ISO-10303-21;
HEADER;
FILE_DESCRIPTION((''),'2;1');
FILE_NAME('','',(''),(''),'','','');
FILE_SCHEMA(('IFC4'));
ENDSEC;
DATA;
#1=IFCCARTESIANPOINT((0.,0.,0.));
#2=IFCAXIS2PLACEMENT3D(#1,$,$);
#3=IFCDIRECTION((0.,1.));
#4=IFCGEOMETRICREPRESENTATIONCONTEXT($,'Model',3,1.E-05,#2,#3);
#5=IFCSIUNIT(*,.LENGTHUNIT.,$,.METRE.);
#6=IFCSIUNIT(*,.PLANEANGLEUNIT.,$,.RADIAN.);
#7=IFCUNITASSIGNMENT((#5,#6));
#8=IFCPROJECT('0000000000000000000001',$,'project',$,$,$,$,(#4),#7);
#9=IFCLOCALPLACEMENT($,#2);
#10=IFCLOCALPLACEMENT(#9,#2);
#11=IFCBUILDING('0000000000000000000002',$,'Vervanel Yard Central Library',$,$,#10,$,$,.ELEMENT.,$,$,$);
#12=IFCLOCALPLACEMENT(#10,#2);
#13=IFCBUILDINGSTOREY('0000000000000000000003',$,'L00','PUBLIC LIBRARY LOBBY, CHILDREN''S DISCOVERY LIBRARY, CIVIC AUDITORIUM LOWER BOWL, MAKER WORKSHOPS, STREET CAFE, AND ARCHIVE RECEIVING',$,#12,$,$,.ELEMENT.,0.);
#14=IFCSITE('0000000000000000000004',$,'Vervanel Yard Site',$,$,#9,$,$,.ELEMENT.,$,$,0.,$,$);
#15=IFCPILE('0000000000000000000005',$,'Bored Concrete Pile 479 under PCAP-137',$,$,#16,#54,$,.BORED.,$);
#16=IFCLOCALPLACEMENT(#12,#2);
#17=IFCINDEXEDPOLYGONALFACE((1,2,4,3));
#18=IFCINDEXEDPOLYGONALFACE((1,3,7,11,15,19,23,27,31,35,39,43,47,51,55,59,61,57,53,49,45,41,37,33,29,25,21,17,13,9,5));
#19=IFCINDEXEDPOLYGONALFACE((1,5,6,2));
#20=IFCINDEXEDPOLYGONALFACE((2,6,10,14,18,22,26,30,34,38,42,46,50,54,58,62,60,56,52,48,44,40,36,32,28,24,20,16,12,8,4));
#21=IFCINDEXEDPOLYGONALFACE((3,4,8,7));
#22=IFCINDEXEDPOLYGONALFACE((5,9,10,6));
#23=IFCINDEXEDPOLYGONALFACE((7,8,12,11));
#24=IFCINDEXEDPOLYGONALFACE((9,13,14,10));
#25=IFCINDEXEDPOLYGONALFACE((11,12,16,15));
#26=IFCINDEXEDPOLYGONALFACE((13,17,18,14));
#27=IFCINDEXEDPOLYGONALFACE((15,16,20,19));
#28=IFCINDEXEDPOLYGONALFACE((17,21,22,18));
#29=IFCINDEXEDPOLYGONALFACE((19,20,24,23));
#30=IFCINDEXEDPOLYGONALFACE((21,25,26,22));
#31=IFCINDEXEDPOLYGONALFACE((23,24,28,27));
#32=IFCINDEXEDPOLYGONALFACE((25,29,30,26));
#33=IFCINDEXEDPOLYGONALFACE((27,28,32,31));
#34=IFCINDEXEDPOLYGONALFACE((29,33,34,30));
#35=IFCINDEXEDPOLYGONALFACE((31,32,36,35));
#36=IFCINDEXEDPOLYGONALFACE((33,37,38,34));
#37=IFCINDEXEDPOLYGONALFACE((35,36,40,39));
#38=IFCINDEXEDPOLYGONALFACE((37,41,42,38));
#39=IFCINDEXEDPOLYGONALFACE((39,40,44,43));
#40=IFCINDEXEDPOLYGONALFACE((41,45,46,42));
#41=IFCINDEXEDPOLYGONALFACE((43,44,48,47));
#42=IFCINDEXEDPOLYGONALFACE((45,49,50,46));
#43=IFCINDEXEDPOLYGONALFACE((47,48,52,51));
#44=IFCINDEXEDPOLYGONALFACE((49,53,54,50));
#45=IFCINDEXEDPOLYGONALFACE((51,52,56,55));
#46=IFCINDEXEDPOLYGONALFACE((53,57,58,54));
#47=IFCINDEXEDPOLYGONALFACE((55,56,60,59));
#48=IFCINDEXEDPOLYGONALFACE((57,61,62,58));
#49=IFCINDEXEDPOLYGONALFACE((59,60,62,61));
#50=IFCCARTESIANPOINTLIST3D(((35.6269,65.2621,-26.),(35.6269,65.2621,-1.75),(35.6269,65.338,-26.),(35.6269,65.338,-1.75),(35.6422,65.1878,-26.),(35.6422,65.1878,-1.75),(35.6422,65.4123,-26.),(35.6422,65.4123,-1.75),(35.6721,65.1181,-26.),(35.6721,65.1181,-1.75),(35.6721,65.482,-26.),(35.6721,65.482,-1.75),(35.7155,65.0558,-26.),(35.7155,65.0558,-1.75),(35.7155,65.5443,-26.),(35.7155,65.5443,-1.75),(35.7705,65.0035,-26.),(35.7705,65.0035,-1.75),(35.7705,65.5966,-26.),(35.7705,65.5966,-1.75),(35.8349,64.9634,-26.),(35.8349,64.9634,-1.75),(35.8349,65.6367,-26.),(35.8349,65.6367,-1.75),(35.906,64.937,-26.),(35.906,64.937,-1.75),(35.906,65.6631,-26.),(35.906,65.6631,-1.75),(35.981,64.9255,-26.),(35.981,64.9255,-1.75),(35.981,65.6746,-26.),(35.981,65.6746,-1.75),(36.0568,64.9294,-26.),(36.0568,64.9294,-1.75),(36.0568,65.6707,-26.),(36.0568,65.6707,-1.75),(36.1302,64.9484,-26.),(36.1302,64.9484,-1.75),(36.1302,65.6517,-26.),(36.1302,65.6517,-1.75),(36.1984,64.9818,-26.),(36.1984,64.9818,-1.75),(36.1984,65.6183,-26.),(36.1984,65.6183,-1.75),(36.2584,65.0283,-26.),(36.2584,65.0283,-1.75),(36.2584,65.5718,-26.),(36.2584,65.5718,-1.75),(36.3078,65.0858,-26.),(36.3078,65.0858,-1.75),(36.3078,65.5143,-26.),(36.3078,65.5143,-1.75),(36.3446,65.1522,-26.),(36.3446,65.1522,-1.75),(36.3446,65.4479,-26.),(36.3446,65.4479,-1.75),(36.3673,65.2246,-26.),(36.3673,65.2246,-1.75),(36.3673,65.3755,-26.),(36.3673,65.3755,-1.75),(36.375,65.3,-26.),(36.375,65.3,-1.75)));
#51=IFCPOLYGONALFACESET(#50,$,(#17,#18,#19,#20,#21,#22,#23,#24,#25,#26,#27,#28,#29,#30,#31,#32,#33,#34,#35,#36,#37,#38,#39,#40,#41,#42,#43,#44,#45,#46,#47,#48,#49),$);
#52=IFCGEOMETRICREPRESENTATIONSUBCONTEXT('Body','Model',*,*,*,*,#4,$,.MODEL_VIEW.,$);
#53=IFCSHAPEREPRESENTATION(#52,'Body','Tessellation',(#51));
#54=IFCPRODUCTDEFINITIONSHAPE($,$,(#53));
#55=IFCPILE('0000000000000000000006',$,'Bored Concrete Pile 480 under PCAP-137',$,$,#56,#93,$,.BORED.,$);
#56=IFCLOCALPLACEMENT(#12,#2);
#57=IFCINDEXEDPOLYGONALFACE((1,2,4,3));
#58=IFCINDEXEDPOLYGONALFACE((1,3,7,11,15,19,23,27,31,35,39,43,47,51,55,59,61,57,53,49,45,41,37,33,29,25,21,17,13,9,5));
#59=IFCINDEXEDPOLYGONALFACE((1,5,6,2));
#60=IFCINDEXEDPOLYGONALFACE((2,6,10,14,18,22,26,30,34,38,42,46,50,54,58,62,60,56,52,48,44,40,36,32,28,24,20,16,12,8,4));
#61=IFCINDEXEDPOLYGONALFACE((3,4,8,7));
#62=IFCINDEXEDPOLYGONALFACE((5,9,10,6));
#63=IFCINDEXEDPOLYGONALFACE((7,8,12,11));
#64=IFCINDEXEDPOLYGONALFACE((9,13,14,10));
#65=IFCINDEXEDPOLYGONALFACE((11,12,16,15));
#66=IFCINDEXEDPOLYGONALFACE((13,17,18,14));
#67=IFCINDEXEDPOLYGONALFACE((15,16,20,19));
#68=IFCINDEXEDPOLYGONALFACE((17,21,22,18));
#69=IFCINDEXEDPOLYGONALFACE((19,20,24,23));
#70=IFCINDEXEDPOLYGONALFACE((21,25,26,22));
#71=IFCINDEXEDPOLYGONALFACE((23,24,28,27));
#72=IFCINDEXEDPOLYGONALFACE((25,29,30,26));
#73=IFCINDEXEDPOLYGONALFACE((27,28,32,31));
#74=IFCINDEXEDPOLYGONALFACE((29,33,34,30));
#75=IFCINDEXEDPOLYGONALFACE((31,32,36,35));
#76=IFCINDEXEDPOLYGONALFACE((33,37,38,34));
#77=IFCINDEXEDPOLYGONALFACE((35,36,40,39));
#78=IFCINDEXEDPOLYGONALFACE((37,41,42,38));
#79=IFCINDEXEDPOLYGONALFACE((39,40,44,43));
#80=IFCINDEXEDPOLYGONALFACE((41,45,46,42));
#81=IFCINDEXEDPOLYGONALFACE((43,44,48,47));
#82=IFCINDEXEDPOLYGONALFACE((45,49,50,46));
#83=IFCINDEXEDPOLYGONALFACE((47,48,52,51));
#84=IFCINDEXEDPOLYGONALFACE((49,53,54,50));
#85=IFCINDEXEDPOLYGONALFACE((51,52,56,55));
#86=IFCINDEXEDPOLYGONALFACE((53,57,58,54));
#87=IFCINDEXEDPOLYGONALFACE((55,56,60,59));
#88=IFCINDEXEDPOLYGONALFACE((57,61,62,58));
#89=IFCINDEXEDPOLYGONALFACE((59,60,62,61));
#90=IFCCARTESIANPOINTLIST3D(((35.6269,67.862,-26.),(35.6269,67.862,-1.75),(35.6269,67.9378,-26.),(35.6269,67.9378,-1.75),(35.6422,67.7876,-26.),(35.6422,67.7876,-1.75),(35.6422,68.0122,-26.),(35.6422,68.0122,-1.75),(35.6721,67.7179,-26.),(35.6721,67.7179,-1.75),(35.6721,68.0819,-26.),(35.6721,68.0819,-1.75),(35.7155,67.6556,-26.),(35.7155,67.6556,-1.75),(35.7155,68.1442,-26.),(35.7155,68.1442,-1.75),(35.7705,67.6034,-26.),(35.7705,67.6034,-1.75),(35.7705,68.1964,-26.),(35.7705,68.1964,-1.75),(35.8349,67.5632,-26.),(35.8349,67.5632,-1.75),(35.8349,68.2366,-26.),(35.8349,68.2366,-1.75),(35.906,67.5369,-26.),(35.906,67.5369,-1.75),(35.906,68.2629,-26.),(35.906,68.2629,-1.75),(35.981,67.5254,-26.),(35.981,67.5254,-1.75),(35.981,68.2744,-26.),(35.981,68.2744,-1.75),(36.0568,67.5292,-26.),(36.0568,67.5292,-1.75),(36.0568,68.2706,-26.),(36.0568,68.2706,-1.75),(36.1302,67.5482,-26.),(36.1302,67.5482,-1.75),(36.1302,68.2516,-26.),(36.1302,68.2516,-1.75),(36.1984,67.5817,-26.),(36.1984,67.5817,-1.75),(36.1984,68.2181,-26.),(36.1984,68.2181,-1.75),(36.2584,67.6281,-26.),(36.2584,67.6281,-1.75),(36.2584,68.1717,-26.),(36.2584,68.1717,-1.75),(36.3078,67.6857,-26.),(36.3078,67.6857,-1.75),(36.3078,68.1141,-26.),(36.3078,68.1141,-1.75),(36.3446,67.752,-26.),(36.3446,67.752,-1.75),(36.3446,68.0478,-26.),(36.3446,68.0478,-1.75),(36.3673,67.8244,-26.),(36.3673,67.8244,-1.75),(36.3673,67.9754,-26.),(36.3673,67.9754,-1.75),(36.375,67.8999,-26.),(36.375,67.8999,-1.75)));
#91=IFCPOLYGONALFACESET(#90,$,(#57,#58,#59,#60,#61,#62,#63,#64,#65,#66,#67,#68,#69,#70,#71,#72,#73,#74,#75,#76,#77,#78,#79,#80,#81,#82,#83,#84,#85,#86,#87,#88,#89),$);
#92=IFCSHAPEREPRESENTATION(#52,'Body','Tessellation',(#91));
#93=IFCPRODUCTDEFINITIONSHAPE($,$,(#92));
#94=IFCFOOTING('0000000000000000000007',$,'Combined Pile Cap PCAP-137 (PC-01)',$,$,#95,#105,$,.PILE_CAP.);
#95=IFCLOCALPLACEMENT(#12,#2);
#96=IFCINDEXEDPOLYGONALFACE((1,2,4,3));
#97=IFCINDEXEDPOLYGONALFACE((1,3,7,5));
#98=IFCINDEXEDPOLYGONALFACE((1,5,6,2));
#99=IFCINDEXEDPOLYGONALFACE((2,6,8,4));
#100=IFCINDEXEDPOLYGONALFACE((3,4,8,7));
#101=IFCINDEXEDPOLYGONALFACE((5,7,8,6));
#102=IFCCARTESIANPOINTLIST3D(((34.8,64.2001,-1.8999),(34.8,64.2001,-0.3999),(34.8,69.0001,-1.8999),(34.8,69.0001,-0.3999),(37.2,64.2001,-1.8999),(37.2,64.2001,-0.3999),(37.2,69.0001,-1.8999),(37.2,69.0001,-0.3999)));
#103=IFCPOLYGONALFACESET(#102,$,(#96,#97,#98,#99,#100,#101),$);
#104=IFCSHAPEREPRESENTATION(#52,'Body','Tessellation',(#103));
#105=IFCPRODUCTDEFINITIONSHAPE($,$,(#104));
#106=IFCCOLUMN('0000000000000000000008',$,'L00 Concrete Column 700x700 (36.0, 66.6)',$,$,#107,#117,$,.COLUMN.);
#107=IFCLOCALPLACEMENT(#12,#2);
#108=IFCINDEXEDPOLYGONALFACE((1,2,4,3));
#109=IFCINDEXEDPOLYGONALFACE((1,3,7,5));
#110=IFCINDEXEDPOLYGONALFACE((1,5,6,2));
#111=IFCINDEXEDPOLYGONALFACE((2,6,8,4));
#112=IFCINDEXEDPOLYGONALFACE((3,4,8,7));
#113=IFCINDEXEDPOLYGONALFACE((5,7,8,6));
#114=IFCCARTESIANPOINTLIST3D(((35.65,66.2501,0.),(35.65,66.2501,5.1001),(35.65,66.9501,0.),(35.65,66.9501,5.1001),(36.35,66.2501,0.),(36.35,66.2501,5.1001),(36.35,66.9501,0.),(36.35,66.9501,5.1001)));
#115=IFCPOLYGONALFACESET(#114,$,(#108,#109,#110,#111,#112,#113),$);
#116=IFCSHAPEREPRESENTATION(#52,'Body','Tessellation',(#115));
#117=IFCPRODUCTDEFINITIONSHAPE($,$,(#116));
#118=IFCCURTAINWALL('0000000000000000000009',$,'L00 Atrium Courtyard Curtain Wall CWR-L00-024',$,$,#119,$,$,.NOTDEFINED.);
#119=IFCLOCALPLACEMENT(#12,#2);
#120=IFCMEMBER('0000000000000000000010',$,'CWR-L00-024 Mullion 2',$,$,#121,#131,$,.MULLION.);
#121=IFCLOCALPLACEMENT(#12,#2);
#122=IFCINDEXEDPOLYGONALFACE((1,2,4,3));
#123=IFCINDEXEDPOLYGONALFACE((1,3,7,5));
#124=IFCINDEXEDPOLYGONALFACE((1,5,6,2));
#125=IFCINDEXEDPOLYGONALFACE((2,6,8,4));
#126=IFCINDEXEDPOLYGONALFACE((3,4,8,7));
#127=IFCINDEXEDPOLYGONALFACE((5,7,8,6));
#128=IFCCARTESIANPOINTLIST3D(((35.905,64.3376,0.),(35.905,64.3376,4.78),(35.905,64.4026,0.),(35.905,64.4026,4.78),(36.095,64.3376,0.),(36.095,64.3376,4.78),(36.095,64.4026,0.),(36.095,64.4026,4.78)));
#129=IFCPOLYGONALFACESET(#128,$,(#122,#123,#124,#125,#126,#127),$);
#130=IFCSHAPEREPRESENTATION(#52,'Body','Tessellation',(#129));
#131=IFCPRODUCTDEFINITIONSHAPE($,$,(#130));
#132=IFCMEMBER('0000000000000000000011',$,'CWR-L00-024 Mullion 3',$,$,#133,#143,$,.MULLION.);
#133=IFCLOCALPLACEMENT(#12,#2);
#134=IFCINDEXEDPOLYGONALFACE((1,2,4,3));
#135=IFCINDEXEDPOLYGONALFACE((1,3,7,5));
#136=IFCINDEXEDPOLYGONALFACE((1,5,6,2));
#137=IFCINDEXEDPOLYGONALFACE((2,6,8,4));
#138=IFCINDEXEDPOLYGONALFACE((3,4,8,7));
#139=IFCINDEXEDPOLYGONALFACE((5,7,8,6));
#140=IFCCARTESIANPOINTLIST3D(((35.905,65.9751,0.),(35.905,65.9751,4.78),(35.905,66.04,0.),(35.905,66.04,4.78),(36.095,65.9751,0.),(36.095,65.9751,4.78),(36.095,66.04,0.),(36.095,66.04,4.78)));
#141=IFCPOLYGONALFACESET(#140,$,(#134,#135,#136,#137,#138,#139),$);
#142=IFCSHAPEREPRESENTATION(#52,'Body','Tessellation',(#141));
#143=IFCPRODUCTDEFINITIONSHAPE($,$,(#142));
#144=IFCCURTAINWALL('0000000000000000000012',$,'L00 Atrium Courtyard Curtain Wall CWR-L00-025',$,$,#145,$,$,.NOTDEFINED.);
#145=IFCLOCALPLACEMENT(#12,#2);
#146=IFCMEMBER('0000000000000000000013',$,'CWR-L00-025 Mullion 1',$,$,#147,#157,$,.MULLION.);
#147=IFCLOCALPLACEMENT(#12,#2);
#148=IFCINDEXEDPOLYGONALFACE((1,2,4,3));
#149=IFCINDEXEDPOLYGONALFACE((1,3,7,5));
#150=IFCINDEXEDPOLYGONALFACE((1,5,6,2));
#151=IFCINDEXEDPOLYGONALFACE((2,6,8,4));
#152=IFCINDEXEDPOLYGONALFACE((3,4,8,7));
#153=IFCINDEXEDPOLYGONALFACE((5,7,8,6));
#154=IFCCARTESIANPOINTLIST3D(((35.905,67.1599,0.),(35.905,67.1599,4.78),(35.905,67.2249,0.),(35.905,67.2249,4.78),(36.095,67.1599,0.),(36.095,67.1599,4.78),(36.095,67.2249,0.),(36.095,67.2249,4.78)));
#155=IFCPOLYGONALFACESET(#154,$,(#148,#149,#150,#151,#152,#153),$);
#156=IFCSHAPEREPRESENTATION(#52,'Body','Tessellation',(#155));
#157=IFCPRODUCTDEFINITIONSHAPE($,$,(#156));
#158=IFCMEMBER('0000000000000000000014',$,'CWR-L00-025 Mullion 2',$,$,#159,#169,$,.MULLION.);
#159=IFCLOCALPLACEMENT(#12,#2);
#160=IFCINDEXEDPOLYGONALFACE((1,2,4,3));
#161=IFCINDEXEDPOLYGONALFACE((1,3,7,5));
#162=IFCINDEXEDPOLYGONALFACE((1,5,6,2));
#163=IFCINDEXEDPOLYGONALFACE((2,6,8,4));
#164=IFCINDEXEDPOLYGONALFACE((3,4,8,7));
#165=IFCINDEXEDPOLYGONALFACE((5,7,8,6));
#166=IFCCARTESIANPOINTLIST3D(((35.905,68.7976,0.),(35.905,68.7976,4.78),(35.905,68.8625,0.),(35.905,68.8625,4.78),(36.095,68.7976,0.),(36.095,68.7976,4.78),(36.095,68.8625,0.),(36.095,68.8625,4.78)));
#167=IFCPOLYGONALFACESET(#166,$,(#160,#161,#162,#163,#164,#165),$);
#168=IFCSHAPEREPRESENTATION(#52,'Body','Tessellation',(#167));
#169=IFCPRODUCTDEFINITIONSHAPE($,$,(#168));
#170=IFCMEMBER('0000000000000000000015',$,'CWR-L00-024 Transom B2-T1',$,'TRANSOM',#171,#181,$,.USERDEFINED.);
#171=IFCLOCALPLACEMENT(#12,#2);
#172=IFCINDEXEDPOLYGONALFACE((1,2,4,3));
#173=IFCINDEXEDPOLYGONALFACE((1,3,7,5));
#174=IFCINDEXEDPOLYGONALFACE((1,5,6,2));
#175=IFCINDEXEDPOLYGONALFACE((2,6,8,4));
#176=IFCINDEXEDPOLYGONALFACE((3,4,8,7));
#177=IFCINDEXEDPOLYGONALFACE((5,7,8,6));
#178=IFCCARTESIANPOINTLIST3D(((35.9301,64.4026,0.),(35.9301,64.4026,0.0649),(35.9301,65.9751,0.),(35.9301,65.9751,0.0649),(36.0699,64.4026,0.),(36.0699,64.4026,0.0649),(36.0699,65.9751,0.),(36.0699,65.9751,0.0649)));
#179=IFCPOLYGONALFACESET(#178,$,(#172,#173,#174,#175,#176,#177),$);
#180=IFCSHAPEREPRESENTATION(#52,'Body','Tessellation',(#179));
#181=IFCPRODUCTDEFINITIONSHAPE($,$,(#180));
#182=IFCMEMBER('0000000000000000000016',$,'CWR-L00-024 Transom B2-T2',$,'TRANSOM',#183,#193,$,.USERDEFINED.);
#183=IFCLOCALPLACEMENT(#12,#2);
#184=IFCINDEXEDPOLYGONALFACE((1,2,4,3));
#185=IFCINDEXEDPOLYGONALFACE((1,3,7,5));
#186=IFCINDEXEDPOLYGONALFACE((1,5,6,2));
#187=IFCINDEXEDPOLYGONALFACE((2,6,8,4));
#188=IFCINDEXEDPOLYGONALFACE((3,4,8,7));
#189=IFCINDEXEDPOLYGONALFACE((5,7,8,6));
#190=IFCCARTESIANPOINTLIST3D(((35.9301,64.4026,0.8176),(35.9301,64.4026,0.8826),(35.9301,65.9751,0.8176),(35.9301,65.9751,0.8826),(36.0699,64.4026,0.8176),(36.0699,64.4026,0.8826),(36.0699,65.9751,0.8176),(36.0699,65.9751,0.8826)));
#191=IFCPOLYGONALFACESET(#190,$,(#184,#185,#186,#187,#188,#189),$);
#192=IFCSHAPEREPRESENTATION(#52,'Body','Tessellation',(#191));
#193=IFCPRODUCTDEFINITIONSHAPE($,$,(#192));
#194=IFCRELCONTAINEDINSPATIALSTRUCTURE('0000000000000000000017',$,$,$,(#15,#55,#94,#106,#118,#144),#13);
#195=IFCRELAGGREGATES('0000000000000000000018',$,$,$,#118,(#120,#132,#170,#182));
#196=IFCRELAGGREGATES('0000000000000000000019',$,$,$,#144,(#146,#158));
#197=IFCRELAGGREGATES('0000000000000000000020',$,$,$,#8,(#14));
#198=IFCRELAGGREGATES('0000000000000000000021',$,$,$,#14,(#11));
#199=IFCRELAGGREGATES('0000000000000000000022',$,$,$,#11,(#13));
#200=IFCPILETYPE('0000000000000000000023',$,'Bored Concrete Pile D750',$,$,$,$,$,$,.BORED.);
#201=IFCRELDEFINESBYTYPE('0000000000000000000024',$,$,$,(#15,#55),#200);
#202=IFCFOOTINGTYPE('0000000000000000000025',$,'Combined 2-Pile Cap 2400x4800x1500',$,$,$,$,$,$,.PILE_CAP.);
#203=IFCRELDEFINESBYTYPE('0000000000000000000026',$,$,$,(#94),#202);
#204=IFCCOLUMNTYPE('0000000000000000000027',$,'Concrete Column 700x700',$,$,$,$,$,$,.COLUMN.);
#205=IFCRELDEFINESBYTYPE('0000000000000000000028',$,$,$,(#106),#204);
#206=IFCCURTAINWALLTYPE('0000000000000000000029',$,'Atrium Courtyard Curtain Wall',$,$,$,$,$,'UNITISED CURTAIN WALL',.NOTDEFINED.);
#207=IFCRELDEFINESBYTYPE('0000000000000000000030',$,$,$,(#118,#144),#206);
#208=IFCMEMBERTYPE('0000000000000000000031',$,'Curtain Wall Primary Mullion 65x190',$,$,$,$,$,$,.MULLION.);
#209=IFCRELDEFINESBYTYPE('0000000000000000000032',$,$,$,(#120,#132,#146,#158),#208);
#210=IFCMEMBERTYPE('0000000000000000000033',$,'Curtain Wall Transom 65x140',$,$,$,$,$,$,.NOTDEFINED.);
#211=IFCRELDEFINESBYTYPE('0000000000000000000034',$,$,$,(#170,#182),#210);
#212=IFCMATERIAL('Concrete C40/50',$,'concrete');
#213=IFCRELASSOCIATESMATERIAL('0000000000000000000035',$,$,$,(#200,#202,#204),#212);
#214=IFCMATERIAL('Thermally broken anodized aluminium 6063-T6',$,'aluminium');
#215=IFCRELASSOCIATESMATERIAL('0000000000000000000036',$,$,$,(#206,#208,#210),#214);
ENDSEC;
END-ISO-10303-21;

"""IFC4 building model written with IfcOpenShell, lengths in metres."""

from ifc_helpers import new_model, si_unit, direction, frame, origin, origin_2d, place, context, subcontext, project, spatial, rectangle, circle, extrude, material, material_profile, profile_set, type_object, element, aggregate, save


model = new_model("IFC4")

# Units and contexts
model_context = context("Model", 3, precision=1e-05, world=origin(), true_north=direction((0.0, 1.0)))
body_context = subcontext(model_context, "Body", "Model", "MODEL_VIEW")
ifc_project = project(units=[si_unit("LENGTHUNIT", "METRE"), si_unit("PLANEANGLEUNIT", "RADIAN")], contexts=[model_context])

# Site, building, storey
site_placement = place(None, origin())
site = spatial("IfcSite", under=ifc_project, at=site_placement, Name="Vervanel Yard Site", CompositionType="ELEMENT", RefElevation=0.0)
building_placement = place(site_placement, origin())
building = spatial("IfcBuilding", under=site, at=building_placement, Name="Vervanel Yard Central Library", CompositionType="ELEMENT")
storey_placement = place(building_placement, origin())
storey = spatial("IfcBuildingStorey", under=building, at=storey_placement, Name="L00", Description="PUBLIC LIBRARY LOBBY, CHILDREN'S DISCOVERY LIBRARY, CIVIC AUDITORIUM LOWER BOWL, MAKER WORKSHOPS, STREET CAFE, AND ARCHIVE RECEIVING", CompositionType="ELEMENT", Elevation=0.0)

# Piles
ifc_material_1 = material(Name="Concrete C40/50", Category="concrete")
ifc_material_profile_1 = material_profile(ifc_material_1, circle(Radius=0.375, at=origin_2d()), Name="BP D750", Category="concrete")
ifc_profile_set_1 = profile_set([ifc_material_profile_1], Name="Concrete C40/50")
pile_type = type_object("IfcPileType", Name="Bored Concrete Pile D750", PredefinedType="BORED", material=ifc_profile_set_1)
for number, where, z_axis, x_axis, name in (
    (1, (36.0, 65.3, -1.75), (0.0, 0.0, -1.0), (1.0, 0.0, 0.0), "Bored Concrete Pile 479 under PCAP-137"),
    (2, (36.0, 67.8999, -1.75), (0.0, 0.0, -1.0), (1.0, 0.0, 0.0), "Bored Concrete Pile 480 under PCAP-137"),
):
    element("IfcPile", number, at=place(storey_placement, frame(where, z_axis=z_axis, x_axis=x_axis)), inside=storey, type_object=pile_type, Name=name, PredefinedType="BORED", context=body_context, shape_type="SweptSolid", body=[
        extrude(circle(Radius=0.375, at=origin_2d()), origin(), (0.0, 0.0, 1.0), 24.25),
    ])

# Footing
footing_type = type_object("IfcFootingType", Name="Combined 2-Pile Cap 2400x4800x1500", PredefinedType="PILE_CAP", material=ifc_material_1)
footing_placement = place(storey_placement, frame((36.0, 66.6001, -1.8999), z_axis=(0.0, 0.0, 1.0), x_axis=(1.0, 0.0, 0.0)))
element("IfcFooting", 3, at=footing_placement, inside=storey, type_object=footing_type, Name="Combined Pile Cap PCAP-137 (PC-01)", PredefinedType="PILE_CAP", context=body_context, shape_type="SweptSolid", body=[
    extrude(rectangle(XDim=2.3999, YDim=4.8, at=origin_2d()), origin(), (0.0, 0.0, 1.0), 1.5),
])

# Column
ifc_material_profile_2 = material_profile(ifc_material_1, rectangle(XDim=0.7, YDim=0.7, at=origin_2d()), Name="RC 700x700", Category="concrete")
ifc_profile_set_2 = profile_set([ifc_material_profile_2], Name="Concrete C40/50")
column_type = type_object("IfcColumnType", Name="Concrete Column 700x700", PredefinedType="COLUMN", material=ifc_profile_set_2)
column_placement = place(storey_placement, frame((36.0, 66.6001, 0.0), z_axis=(0.0, 0.0, 1.0), x_axis=(1.0, 0.0, 0.0)))
element("IfcColumn", 4, at=column_placement, inside=storey, type_object=column_type, Name="L00 Concrete Column 700x700 (36.0, 66.6)", PredefinedType="COLUMN", context=body_context, shape_type="SweptSolid", body=[
    extrude(rectangle(XDim=0.7, YDim=0.7, at=origin_2d()), origin(), (0.0, 0.0, 1.0), 5.1001),
])

# Curtain walls, members
ifc_material_2 = material(Name="Thermally broken anodized aluminium 6063-T6", Category="aluminium")
curtain_wall_type = type_object("IfcCurtainWallType", Name="Atrium Courtyard Curtain Wall", ElementType="UNITISED CURTAIN WALL", PredefinedType="NOTDEFINED", material=ifc_material_2)
curtain_wall_1_placement = place(storey_placement, origin())
curtain_wall_1 = element("IfcCurtainWall", 5, at=curtain_wall_1_placement, inside=storey, type_object=curtain_wall_type, Name="L00 Atrium Courtyard Curtain Wall CWR-L00-024", PredefinedType="NOTDEFINED")
ifc_material_profile_3 = material_profile(ifc_material_2, rectangle(XDim=0.0649, YDim=0.1899, at=origin_2d()), Name="ALU 65x190", Category="aluminium")
ifc_profile_set_3 = profile_set([ifc_material_profile_3], Name="Thermally broken anodized aluminium 6063-T6")
member_type_1 = type_object("IfcMemberType", Name="Curtain Wall Primary Mullion 65x190", PredefinedType="MULLION", material=ifc_profile_set_3)
member_1_placement = place(storey_placement, frame((36.0, 64.3701, 0.0), z_axis=(0.0, 0.0, 1.0), x_axis=(0.0, 1.0, 0.0)))
member_1 = element("IfcMember", 6, at=member_1_placement, type_object=member_type_1, Name="CWR-L00-024 Mullion 2", PredefinedType="MULLION", context=body_context, shape_type="SweptSolid", body=[
    extrude(rectangle(XDim=0.0649, YDim=0.1899, at=origin_2d()), origin(), (0.0, 0.0, 1.0), 4.78),
])
member_2_placement = place(storey_placement, frame((36.0, 66.0076, 0.0), z_axis=(0.0, 0.0, 1.0), x_axis=(0.0, 1.0, 0.0)))
member_2 = element("IfcMember", 7, at=member_2_placement, type_object=member_type_1, Name="CWR-L00-024 Mullion 3", PredefinedType="MULLION", context=body_context, shape_type="SweptSolid", body=[
    extrude(rectangle(XDim=0.0649, YDim=0.1899, at=origin_2d()), origin(), (0.0, 0.0, 1.0), 4.78),
])
curtain_wall_2_placement = place(storey_placement, origin())
curtain_wall_2 = element("IfcCurtainWall", 8, at=curtain_wall_2_placement, inside=storey, type_object=curtain_wall_type, Name="L00 Atrium Courtyard Curtain Wall CWR-L00-025", PredefinedType="NOTDEFINED")
member_3_placement = place(storey_placement, frame((36.0, 67.1924, 0.0), z_axis=(0.0, 0.0, 1.0), x_axis=(0.0, 1.0, 0.0)))
member_3 = element("IfcMember", 9, at=member_3_placement, type_object=member_type_1, Name="CWR-L00-025 Mullion 1", PredefinedType="MULLION", context=body_context, shape_type="SweptSolid", body=[
    extrude(rectangle(XDim=0.0649, YDim=0.1899, at=origin_2d()), origin(), (0.0, 0.0, 1.0), 4.78),
])
member_4_placement = place(storey_placement, frame((36.0, 68.8301, 0.0), z_axis=(0.0, 0.0, 1.0), x_axis=(0.0, 1.0, 0.0)))
member_4 = element("IfcMember", 10, at=member_4_placement, type_object=member_type_1, Name="CWR-L00-025 Mullion 2", PredefinedType="MULLION", context=body_context, shape_type="SweptSolid", body=[
    extrude(rectangle(XDim=0.0649, YDim=0.1899, at=origin_2d()), origin(), (0.0, 0.0, 1.0), 4.78),
])

# Members
ifc_material_profile_4 = material_profile(ifc_material_2, rectangle(XDim=0.0649, YDim=0.1399, at=origin_2d()), Name="ALU 65x140", Category="aluminium")
ifc_profile_set_4 = profile_set([ifc_material_profile_4], Name="Thermally broken anodized aluminium 6063-T6")
member_type_2 = type_object("IfcMemberType", Name="Curtain Wall Transom 65x140", PredefinedType="NOTDEFINED", material=ifc_profile_set_4)
member_5_placement = place(storey_placement, frame((36.0, 64.4026, 0.0325), z_axis=(0.0, 1.0, 0.0), x_axis=(0.0, 0.0, 1.0)))
member_5 = element("IfcMember", 11, at=member_5_placement, type_object=member_type_2, Name="CWR-L00-024 Transom B2-T1", ObjectType="TRANSOM", PredefinedType="USERDEFINED", context=body_context, shape_type="SweptSolid", body=[
    extrude(rectangle(XDim=0.0649, YDim=0.1399, at=origin_2d()), origin(), (0.0, 0.0, 1.0), 1.5725),
])
member_6_placement = place(storey_placement, frame((36.0, 64.4026, 0.8501), z_axis=(0.0, 1.0, 0.0), x_axis=(0.0, 0.0, 1.0)))
member_6 = element("IfcMember", 12, at=member_6_placement, type_object=member_type_2, Name="CWR-L00-024 Transom B2-T2", ObjectType="TRANSOM", PredefinedType="USERDEFINED", context=body_context, shape_type="SweptSolid", body=[
    extrude(rectangle(XDim=0.0649, YDim=0.1399, at=origin_2d()), origin(), (0.0, 0.0, 1.0), 1.5725),
])

aggregate(curtain_wall_1, [member_1, member_2, member_5, member_6])
aggregate(curtain_wall_2, [member_3, member_4])

save(model, "model.ifc")
